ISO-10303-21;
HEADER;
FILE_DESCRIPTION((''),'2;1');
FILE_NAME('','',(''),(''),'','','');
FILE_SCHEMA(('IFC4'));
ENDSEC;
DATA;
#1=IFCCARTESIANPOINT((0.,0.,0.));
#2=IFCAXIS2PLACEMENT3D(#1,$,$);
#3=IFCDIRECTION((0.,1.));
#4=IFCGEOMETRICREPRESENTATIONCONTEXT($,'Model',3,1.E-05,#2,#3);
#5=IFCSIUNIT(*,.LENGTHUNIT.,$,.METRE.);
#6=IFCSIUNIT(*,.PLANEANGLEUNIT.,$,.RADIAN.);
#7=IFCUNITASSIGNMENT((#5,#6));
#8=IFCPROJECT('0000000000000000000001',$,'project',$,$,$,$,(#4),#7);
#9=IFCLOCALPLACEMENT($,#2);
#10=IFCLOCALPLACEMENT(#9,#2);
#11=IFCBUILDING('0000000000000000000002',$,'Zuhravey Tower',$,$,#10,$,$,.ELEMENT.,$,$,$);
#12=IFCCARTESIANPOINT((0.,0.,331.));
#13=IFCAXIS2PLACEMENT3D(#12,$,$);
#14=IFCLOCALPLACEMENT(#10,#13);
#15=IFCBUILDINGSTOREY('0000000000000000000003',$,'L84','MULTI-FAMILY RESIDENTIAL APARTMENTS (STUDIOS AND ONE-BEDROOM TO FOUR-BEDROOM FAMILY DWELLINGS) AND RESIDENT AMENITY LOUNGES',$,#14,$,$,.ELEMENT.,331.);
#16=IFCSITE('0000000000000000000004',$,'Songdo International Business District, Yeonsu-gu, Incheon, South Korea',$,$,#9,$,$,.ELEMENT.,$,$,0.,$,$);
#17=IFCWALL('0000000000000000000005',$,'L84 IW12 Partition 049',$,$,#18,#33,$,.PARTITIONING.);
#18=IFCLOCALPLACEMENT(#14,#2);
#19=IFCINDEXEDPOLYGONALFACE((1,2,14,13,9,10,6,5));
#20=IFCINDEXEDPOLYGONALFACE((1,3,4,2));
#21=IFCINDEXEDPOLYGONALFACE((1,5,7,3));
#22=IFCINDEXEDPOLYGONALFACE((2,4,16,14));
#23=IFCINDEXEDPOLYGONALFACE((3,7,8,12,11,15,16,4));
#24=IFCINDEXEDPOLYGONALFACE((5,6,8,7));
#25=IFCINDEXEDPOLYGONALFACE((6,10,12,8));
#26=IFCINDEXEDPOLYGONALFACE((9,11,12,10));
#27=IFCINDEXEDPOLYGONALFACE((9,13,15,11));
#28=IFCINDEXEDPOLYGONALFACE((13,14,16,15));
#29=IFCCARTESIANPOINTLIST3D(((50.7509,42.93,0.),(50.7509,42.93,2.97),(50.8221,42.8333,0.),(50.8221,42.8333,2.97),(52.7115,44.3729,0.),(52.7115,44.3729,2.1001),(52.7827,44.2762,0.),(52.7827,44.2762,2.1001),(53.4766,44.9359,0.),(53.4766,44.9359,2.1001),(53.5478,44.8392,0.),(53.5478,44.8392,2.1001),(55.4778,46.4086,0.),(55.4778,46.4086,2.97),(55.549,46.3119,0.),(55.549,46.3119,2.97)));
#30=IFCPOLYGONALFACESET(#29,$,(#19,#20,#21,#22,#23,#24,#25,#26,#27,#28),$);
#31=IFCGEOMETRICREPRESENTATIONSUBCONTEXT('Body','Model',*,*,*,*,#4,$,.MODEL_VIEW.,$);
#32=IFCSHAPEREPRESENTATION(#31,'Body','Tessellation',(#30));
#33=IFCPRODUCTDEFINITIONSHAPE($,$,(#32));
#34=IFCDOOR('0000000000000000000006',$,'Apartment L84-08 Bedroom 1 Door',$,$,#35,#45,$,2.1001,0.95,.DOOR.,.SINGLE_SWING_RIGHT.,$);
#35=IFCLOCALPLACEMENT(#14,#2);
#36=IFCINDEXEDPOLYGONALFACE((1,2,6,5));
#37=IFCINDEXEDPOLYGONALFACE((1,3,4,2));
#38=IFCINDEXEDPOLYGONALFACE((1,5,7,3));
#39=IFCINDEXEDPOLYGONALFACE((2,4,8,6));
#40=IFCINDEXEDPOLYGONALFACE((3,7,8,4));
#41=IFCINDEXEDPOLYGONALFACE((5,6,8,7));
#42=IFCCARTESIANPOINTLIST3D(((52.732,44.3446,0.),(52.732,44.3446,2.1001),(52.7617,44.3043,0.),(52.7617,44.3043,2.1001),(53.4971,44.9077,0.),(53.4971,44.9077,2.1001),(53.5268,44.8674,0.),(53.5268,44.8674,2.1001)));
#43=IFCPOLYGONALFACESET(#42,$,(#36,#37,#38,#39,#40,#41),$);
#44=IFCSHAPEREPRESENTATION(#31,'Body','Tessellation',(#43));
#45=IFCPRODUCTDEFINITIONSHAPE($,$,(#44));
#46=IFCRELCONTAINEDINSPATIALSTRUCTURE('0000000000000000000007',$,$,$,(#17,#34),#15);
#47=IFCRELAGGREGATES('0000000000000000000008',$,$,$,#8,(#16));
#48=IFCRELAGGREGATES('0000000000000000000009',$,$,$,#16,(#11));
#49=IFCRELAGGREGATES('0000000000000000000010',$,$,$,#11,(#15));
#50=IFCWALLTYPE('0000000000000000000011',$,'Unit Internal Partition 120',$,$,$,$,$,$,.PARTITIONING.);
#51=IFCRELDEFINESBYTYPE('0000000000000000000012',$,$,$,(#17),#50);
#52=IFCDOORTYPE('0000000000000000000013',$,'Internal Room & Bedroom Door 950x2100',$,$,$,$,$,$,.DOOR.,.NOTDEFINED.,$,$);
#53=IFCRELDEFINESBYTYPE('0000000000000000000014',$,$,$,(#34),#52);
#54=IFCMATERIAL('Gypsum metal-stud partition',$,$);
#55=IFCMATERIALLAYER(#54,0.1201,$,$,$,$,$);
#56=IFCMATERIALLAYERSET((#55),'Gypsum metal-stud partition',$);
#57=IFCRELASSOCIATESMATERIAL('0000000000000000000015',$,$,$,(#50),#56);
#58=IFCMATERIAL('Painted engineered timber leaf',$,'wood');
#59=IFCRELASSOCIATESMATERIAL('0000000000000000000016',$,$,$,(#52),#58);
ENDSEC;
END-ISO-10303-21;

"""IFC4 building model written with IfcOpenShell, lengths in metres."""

from ifc_helpers import new_model, si_unit, direction, frame, frame_2d, origin, place, context, subcontext, project, spatial, rectangle, extrude, material, layer, layer_set, type_object, element, fill, save


model = new_model("IFC4")

# Units and contexts
model_context = context("Model", 3, precision=1e-05, world=origin(), true_north=direction((0.0, 1.0)))
body_context = subcontext(model_context, "Body", "Model", "MODEL_VIEW")
ifc_project = project(units=[si_unit("LENGTHUNIT", "METRE"), si_unit("PLANEANGLEUNIT", "RADIAN")], contexts=[model_context])

# Site, building, storey
site_placement = place(None, origin())
site = spatial("IfcSite", under=ifc_project, at=site_placement, Name="Songdo International Business District, Yeonsu-gu, Incheon, South Korea", CompositionType="ELEMENT", RefElevation=0.0)
building_placement = place(site_placement, origin())
building = spatial("IfcBuilding", under=site, at=building_placement, Name="Zuhravey Tower", CompositionType="ELEMENT")
storey_placement = place(building_placement, frame((0.0, 0.0, 331.0)))
storey = spatial("IfcBuildingStorey", under=building, at=storey_placement, Name="L84", Description="MULTI-FAMILY RESIDENTIAL APARTMENTS (STUDIOS AND ONE-BEDROOM TO FOUR-BEDROOM FAMILY DWELLINGS) AND RESIDENT AMENITY LOUNGES", CompositionType="ELEMENT", Elevation=331.0)

# Wall, opening, door
ifc_material_1 = material(Name="Gypsum metal-stud partition")
ifc_layer_1 = layer(ifc_material_1, 0.1201)
ifc_layer_set_1 = layer_set([ifc_layer_1], Name="Gypsum metal-stud partition")
wall_type_1 = type_object("IfcWallType", Name="Unit Internal Partition 120", PredefinedType="PARTITIONING", material=ifc_layer_set_1)
wall_1_placement = place(storey_placement, frame((50.7864, 42.8816, 0.0), z_axis=(0.0, 0.0, 1.0), x_axis=(0.805413, 0.592714, 0.0)))
wall_1 = element("IfcWall", 1, at=wall_1_placement, inside=storey, type_object=wall_type_1, Name="L84 IW12 Partition 049", PredefinedType="PARTITIONING", context=body_context, shape_type="SweptSolid", body=[
    extrude(rectangle(XDim=5.8689, YDim=0.1201, at=frame_2d((2.9346, 0.0))), origin(), (0.0, 0.0, 1.0), 2.97),
])
opening_1_placement = place(wall_1_placement, frame((2.4343, 0.0, 0.0)))
opening_1 = element("IfcOpeningElement", 2, at=opening_1_placement, cuts=wall_1, PredefinedType="OPENING", context=body_context, shape_type="SweptSolid", body=[
    extrude(rectangle(XDim=0.95, YDim=2.1001, at=frame_2d((0.4751, 1.05))), frame((0.0, 0.072, 0.0), z_axis=(0.0, -1.0, 0.0), x_axis=(1.0, 0.0, 0.0)), (0.0, 0.0, 1.0), 0.144),
])
ifc_material_2 = material(Name="Painted engineered timber leaf", Category="wood")
door_type_1 = type_object("IfcDoorType", Name="Internal Room & Bedroom Door 950x2100", OperationType="NOTDEFINED", PredefinedType="DOOR", material=ifc_material_2)
door_1_placement = place(opening_1_placement, frame((0.95, 0.0, 0.0), z_axis=(0.0, 0.0, 1.0), x_axis=(-1.0, 0.0, 0.0)))
door_1 = element("IfcDoor", 3, at=door_1_placement, inside=storey, type_object=door_type_1, Name="Apartment L84-08 Bedroom 1 Door", OperationType="SINGLE_SWING_RIGHT", OverallHeight=2.1001, OverallWidth=0.95, PredefinedType="DOOR", context=body_context, shape_type="SweptSolid", body=[
    extrude(rectangle(XDim=0.95, YDim=2.1001, at=frame_2d((0.4751, 1.05))), frame((0.0, 0.0249, 0.0), z_axis=(0.0, -1.0, 0.0), x_axis=(1.0, 0.0, 0.0)), (0.0, 0.0, 1.0), 0.05),
])
fill(opening_1, door_1)

save(model, "model.ifc")
